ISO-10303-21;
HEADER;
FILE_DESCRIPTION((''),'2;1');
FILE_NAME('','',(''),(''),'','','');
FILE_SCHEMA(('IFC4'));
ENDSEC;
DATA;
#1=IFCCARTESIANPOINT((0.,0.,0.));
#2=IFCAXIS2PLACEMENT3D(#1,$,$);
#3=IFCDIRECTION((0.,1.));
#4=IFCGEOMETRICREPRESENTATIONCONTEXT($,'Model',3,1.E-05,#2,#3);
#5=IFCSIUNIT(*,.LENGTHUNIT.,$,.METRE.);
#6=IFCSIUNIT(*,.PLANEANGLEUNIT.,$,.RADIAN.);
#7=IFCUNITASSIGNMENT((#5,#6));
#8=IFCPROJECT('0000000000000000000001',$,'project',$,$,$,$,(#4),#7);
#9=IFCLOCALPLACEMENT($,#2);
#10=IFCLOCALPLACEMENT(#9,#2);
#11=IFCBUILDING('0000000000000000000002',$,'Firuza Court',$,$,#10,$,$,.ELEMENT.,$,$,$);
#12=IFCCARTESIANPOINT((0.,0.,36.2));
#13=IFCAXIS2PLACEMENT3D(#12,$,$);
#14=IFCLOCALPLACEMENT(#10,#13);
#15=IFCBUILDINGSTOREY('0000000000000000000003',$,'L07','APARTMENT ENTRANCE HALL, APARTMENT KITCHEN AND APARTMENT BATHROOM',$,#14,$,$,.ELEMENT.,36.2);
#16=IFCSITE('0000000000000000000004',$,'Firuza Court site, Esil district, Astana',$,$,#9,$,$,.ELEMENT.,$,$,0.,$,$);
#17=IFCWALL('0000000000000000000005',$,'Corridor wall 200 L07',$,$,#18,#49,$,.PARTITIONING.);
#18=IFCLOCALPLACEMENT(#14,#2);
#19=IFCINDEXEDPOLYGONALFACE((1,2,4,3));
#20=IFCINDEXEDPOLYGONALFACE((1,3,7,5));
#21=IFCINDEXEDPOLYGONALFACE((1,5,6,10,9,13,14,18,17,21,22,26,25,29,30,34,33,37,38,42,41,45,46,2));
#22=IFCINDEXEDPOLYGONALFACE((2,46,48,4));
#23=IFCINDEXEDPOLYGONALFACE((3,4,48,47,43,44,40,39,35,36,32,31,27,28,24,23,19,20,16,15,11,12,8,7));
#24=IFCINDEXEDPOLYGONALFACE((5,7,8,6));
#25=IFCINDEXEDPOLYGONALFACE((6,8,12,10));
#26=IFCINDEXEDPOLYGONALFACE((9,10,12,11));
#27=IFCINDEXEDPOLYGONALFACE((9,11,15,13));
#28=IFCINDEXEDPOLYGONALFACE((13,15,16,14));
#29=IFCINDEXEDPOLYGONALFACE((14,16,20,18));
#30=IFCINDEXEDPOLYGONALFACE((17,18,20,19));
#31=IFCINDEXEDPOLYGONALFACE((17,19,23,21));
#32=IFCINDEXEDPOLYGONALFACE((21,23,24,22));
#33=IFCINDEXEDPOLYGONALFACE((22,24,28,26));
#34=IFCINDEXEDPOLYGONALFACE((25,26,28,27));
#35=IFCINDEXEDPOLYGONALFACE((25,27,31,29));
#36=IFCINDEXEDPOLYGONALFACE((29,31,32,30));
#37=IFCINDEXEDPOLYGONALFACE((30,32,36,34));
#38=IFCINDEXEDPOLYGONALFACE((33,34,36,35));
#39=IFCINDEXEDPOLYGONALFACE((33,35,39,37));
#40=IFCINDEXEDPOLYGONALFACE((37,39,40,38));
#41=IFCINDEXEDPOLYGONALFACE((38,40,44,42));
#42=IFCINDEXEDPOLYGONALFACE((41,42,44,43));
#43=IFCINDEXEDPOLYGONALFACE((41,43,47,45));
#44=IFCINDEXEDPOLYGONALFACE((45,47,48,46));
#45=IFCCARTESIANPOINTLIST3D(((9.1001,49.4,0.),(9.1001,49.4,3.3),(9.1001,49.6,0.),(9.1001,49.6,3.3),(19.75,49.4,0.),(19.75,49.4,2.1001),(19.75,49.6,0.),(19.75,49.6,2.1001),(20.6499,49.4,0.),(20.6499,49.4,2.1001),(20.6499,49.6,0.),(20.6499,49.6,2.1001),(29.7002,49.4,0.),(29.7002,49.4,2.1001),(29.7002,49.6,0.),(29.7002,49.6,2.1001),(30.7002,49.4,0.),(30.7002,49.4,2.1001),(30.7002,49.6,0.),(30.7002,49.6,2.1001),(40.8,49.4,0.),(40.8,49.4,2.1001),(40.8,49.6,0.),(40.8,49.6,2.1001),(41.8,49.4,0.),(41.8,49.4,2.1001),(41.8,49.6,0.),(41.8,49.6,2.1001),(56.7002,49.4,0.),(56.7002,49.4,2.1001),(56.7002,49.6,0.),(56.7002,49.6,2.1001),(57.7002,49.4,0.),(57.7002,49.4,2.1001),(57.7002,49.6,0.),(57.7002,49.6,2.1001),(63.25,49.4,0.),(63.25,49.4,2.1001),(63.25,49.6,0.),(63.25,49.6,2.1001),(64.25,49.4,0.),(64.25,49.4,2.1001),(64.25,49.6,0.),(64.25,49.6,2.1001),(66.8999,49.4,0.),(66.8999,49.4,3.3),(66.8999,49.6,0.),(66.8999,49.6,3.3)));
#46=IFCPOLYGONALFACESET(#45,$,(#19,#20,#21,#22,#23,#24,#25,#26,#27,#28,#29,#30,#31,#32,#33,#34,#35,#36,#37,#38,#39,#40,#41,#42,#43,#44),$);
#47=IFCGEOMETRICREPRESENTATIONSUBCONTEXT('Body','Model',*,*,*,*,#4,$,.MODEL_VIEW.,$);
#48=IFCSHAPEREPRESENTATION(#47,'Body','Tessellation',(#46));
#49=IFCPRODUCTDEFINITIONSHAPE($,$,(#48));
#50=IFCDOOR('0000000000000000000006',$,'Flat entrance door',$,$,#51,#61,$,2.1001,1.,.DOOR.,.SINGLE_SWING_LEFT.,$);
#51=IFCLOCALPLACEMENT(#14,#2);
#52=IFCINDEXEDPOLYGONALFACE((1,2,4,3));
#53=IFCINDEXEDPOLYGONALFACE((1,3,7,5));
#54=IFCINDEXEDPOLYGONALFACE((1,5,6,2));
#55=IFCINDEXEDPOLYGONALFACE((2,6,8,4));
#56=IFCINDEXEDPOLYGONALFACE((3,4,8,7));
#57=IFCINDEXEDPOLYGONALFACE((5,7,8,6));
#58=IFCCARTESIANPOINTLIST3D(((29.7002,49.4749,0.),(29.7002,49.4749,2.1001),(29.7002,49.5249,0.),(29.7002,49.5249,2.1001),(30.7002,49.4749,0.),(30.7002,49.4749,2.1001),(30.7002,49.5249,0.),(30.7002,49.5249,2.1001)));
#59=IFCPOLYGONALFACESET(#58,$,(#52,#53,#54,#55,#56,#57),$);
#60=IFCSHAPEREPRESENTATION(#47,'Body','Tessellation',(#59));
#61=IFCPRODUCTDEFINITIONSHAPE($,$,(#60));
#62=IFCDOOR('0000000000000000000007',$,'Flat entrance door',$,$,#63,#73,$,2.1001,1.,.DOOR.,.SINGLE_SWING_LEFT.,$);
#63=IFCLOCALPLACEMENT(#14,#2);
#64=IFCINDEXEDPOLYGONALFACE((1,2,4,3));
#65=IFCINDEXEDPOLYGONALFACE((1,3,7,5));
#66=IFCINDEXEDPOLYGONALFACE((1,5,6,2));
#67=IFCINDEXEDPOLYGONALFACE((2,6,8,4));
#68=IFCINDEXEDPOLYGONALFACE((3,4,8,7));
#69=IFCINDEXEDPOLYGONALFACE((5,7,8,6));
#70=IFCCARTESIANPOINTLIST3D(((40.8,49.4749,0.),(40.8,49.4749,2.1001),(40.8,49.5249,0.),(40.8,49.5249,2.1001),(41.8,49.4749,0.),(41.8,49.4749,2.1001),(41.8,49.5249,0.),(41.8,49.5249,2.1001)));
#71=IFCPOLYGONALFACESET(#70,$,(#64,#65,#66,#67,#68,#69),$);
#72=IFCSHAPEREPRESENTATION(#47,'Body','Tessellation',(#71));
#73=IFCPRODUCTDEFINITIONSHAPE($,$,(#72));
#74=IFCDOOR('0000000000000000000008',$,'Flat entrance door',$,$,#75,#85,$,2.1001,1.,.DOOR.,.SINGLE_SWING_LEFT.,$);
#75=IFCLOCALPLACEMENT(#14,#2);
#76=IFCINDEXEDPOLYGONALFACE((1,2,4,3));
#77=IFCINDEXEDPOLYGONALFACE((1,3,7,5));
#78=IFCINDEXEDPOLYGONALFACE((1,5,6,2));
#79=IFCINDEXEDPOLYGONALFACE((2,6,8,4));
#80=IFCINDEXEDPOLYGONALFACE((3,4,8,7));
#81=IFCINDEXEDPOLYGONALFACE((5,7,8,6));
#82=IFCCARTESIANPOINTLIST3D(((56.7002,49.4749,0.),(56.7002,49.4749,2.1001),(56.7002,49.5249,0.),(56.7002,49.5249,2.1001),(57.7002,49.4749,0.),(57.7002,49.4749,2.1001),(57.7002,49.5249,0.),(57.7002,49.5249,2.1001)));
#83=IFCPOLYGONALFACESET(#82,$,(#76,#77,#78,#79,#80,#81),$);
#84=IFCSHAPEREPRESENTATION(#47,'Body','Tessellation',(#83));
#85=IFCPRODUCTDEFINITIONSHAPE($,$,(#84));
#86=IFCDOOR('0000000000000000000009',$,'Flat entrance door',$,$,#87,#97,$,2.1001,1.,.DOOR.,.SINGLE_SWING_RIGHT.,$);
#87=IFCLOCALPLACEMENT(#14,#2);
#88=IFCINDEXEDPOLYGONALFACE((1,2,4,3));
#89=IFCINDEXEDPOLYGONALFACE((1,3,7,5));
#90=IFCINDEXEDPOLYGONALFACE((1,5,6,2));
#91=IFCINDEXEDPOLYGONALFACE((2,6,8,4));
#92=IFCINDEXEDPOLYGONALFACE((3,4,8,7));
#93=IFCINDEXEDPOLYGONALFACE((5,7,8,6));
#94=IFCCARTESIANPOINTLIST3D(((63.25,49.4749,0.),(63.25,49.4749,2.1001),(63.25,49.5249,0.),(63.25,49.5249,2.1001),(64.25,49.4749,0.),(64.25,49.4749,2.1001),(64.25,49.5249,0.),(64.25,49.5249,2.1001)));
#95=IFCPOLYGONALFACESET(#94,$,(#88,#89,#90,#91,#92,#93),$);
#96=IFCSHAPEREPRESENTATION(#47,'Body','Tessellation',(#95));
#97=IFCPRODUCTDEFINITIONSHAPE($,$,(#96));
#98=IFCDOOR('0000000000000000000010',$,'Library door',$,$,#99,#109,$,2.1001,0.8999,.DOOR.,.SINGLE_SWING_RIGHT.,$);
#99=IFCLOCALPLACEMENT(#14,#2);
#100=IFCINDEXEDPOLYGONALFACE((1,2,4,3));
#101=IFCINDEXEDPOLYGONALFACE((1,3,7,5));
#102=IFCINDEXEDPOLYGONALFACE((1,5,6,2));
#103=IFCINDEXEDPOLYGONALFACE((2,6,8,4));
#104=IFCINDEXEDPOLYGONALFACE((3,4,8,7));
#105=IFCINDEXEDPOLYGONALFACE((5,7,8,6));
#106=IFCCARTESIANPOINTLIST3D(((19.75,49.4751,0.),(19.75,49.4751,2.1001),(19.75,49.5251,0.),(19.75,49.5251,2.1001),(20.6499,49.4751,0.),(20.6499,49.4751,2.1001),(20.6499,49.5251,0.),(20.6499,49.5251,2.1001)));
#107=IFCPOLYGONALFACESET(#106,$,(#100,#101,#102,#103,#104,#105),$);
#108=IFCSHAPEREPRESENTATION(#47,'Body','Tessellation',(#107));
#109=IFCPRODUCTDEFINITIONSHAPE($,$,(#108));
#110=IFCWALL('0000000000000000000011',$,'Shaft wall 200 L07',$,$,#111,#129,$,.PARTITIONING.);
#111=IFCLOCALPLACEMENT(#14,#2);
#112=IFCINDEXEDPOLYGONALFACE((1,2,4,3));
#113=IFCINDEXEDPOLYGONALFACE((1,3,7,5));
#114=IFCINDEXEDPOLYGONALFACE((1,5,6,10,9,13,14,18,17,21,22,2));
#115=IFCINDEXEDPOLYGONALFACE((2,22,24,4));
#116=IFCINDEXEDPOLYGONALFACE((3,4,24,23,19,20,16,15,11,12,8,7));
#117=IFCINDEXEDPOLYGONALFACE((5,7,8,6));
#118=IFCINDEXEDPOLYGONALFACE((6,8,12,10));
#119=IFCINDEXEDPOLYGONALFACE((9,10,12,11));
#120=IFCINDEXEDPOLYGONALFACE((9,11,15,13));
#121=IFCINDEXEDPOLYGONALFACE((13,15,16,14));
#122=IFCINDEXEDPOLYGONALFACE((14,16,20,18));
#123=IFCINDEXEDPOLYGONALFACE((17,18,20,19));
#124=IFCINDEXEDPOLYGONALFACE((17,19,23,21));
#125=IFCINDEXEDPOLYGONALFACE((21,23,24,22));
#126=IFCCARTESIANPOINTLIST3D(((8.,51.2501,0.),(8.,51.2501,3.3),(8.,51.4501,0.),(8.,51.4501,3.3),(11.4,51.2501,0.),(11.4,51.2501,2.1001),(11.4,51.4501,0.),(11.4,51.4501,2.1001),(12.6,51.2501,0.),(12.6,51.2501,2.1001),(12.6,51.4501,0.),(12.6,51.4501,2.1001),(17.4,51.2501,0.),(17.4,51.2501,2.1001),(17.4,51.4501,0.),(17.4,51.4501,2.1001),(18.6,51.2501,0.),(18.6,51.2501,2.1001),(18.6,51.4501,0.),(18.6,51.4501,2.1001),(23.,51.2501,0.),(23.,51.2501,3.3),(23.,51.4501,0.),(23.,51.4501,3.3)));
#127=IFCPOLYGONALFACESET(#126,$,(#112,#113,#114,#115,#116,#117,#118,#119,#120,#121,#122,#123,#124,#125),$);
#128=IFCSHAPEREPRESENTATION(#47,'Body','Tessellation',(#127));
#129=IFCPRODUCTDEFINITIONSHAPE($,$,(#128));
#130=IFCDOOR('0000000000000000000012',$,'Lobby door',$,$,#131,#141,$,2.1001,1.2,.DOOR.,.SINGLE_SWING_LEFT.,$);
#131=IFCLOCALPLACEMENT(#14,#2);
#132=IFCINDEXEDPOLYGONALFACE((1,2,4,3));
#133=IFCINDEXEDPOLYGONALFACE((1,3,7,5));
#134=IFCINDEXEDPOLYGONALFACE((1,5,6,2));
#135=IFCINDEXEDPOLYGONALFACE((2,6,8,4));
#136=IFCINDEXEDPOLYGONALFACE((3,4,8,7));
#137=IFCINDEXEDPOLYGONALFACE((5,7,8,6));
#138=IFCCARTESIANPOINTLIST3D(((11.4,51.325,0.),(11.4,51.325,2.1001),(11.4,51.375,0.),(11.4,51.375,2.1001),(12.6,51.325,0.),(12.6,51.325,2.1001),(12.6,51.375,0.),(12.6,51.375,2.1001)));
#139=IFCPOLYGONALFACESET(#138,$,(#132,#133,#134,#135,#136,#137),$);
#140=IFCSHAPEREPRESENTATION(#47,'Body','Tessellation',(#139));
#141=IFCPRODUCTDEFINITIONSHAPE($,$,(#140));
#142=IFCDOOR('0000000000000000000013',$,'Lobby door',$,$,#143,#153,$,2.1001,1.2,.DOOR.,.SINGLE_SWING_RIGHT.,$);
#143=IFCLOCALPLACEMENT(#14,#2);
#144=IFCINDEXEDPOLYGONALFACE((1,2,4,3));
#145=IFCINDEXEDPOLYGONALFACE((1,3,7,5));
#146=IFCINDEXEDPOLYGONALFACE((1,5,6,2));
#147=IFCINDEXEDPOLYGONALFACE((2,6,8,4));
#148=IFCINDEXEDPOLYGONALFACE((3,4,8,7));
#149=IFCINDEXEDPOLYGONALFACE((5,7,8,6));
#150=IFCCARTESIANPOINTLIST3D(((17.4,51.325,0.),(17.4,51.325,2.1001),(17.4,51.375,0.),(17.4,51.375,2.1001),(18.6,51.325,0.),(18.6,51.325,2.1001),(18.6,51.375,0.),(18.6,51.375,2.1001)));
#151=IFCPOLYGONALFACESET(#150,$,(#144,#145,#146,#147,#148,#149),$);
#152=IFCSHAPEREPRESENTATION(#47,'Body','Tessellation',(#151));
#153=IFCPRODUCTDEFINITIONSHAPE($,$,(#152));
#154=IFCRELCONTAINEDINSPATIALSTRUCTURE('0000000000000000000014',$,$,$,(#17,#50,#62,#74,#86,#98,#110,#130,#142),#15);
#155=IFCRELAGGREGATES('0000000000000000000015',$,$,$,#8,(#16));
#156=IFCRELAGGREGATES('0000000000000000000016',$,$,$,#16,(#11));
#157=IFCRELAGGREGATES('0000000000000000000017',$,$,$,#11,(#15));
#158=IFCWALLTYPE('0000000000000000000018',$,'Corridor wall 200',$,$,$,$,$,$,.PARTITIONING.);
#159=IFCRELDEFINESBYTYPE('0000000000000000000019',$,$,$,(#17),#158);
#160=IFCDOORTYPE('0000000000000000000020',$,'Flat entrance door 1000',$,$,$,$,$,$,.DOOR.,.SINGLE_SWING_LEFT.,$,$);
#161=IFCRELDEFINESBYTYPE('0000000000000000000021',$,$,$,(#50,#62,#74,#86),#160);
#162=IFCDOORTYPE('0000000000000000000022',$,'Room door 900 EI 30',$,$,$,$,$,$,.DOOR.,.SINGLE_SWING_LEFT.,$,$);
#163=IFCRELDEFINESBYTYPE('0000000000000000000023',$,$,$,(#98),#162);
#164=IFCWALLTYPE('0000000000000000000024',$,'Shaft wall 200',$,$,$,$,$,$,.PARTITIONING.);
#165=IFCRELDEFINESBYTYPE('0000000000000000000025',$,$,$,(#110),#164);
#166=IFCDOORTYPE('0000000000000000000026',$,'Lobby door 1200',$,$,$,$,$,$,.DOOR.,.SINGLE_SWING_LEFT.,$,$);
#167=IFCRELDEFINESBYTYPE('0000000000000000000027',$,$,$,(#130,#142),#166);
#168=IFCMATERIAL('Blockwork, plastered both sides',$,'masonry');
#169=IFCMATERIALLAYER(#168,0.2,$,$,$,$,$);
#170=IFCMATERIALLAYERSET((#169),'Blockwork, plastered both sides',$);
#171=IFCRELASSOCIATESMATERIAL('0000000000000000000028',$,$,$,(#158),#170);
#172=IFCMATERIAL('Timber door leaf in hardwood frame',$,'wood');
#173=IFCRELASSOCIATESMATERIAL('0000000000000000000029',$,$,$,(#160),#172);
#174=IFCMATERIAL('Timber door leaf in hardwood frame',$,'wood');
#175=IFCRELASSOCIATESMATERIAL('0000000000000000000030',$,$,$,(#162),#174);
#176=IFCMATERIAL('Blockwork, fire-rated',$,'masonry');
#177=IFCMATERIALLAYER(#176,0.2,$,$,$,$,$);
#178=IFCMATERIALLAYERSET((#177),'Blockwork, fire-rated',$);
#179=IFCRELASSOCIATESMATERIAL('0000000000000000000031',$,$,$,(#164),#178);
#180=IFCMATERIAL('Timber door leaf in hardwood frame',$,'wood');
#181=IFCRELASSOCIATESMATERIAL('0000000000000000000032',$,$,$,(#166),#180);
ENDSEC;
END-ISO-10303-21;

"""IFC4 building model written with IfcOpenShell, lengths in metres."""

from ifc_helpers import new_model, si_unit, direction, frame, frame_2d, origin, place, context, subcontext, project, spatial, rectangle, extrude, material, layer, layer_set, type_object, element, fill, save


model = new_model("IFC4")

# Units and contexts
model_context = context("Model", 3, precision=1e-05, world=origin(), true_north=direction((0.0, 1.0)))
body_context = subcontext(model_context, "Body", "Model", "MODEL_VIEW")
ifc_project = project(units=[si_unit("LENGTHUNIT", "METRE"), si_unit("PLANEANGLEUNIT", "RADIAN")], contexts=[model_context])

# Site, building, storey
site_placement = place(None, origin())
site = spatial("IfcSite", under=ifc_project, at=site_placement, Name="Firuza Court site, Esil district, Astana", CompositionType="ELEMENT", RefElevation=0.0)
building_placement = place(site_placement, origin())
building = spatial("IfcBuilding", under=site, at=building_placement, Name="Firuza Court", CompositionType="ELEMENT")
storey_placement = place(building_placement, frame((0.0, 0.0, 36.2)))
storey = spatial("IfcBuildingStorey", under=building, at=storey_placement, Name="L07", Description="APARTMENT ENTRANCE HALL, APARTMENT KITCHEN AND APARTMENT BATHROOM", CompositionType="ELEMENT", Elevation=36.2)

# Walls, openings, doors
ifc_material_1 = material(Name="Blockwork, plastered both sides", Category="masonry")
ifc_layer_1 = layer(ifc_material_1, 0.2)
ifc_layer_set_1 = layer_set([ifc_layer_1], Name="Blockwork, plastered both sides")
wall_type_1 = type_object("IfcWallType", Name="Corridor wall 200", PredefinedType="PARTITIONING", material=ifc_layer_set_1)
wall_1_placement = place(storey_placement, frame((9.1001, 49.5, 0.0), z_axis=(0.0, 0.0, 1.0), x_axis=(1.0, 0.0, 0.0)))
wall_1 = element("IfcWall", 1, at=wall_1_placement, inside=storey, type_object=wall_type_1, Name="Corridor wall 200 L07", PredefinedType="PARTITIONING", context=body_context, shape_type="SweptSolid", body=[
    extrude(rectangle(XDim=57.7998, YDim=0.2, at=frame_2d((28.8999, 0.0))), origin(), (0.0, 0.0, 1.0), 3.3),
])
opening_1_placement = place(wall_1_placement, frame((20.6001, 0.0, 0.0)))
opening_1 = element("IfcOpeningElement", 2, at=opening_1_placement, cuts=wall_1, PredefinedType="OPENING", context=body_context, shape_type="SweptSolid", body=[
    extrude(rectangle(XDim=1.0, YDim=2.1001, at=frame_2d((0.5, 1.05))), frame((0.0, 0.1118, 0.0), z_axis=(0.0, -1.0, 0.0), x_axis=(1.0, 0.0, 0.0)), (0.0, 0.0, 1.0), 0.2239),
])
opening_2_placement = place(wall_1_placement, frame((31.7, 0.0, 0.0)))
opening_2 = element("IfcOpeningElement", 3, at=opening_2_placement, cuts=wall_1, PredefinedType="OPENING", context=body_context, shape_type="SweptSolid", body=[
    extrude(rectangle(XDim=1.0, YDim=2.1001, at=frame_2d((0.5, 1.05))), frame((0.0, 0.1118, 0.0), z_axis=(0.0, -1.0, 0.0), x_axis=(1.0, 0.0, 0.0)), (0.0, 0.0, 1.0), 0.2239),
])
opening_3_placement = place(wall_1_placement, frame((47.6001, 0.0, 0.0)))
opening_3 = element("IfcOpeningElement", 4, at=opening_3_placement, cuts=wall_1, PredefinedType="OPENING", context=body_context, shape_type="SweptSolid", body=[
    extrude(rectangle(XDim=1.0, YDim=2.1001, at=frame_2d((0.5, 1.05))), frame((0.0, 0.1118, 0.0), z_axis=(0.0, -1.0, 0.0), x_axis=(1.0, 0.0, 0.0)), (0.0, 0.0, 1.0), 0.2239),
])
opening_4_placement = place(wall_1_placement, frame((54.1499, 0.0, 0.0)))
opening_4 = element("IfcOpeningElement", 5, at=opening_4_placement, cuts=wall_1, PredefinedType="OPENING", context=body_context, shape_type="SweptSolid", body=[
    extrude(rectangle(XDim=1.0, YDim=2.1001, at=frame_2d((0.5, 1.05))), frame((0.0, 0.1118, 0.0), z_axis=(0.0, -1.0, 0.0), x_axis=(1.0, 0.0, 0.0)), (0.0, 0.0, 1.0), 0.2239),
])
opening_5_placement = place(wall_1_placement, frame((10.6499, 0.0, 0.0)))
opening_5 = element("IfcOpeningElement", 6, at=opening_5_placement, cuts=wall_1, PredefinedType="OPENING", context=body_context, shape_type="SweptSolid", body=[
    extrude(rectangle(XDim=0.8999, YDim=2.1001, at=frame_2d((0.45, 1.05))), frame((0.0, 0.1118, 0.0), z_axis=(0.0, -1.0, 0.0), x_axis=(1.0, 0.0, 0.0)), (0.0, 0.0, 1.0), 0.2239),
])
ifc_material_2 = material(Name="Timber door leaf in hardwood frame", Category="wood")
door_type_1 = type_object("IfcDoorType", Name="Flat entrance door 1000", OperationType="SINGLE_SWING_LEFT", PredefinedType="DOOR", material=ifc_material_2)
door_1_placement = place(opening_1_placement, origin())
door_1 = element("IfcDoor", 7, at=door_1_placement, inside=storey, type_object=door_type_1, Name="Flat entrance door", OperationType="SINGLE_SWING_LEFT", OverallHeight=2.1001, OverallWidth=1.0, PredefinedType="DOOR", context=body_context, shape_type="SweptSolid", body=[
    extrude(rectangle(XDim=1.0, YDim=2.1001, at=frame_2d((0.5, 1.05))), frame((0.0, 0.0249, 0.0), z_axis=(0.0, -1.0, 0.0), x_axis=(1.0, 0.0, 0.0)), (0.0, 0.0, 1.0), 0.05),
])
fill(opening_1, door_1)
door_2_placement = place(opening_2_placement, origin())
door_2 = element("IfcDoor", 8, at=door_2_placement, inside=storey, type_object=door_type_1, Name="Flat entrance door", OperationType="SINGLE_SWING_LEFT", OverallHeight=2.1001, OverallWidth=1.0, PredefinedType="DOOR", context=body_context, shape_type="SweptSolid", body=[
    extrude(rectangle(XDim=1.0, YDim=2.1001, at=frame_2d((0.5, 1.05))), frame((0.0, 0.0249, 0.0), z_axis=(0.0, -1.0, 0.0), x_axis=(1.0, 0.0, 0.0)), (0.0, 0.0, 1.0), 0.05),
])
fill(opening_2, door_2)
door_3_placement = place(opening_3_placement, origin())
door_3 = element("IfcDoor", 9, at=door_3_placement, inside=storey, type_object=door_type_1, Name="Flat entrance door", OperationType="SINGLE_SWING_LEFT", OverallHeight=2.1001, OverallWidth=1.0, PredefinedType="DOOR", context=body_context, shape_type="SweptSolid", body=[
    extrude(rectangle(XDim=1.0, YDim=2.1001, at=frame_2d((0.5, 1.05))), frame((0.0, 0.0249, 0.0), z_axis=(0.0, -1.0, 0.0), x_axis=(1.0, 0.0, 0.0)), (0.0, 0.0, 1.0), 0.05),
])
fill(opening_3, door_3)
door_4_placement = place(opening_4_placement, origin())
door_4 = element("IfcDoor", 10, at=door_4_placement, inside=storey, type_object=door_type_1, Name="Flat entrance door", OperationType="SINGLE_SWING_RIGHT", OverallHeight=2.1001, OverallWidth=1.0, PredefinedType="DOOR", context=body_context, shape_type="SweptSolid", body=[
    extrude(rectangle(XDim=1.0, YDim=2.1001, at=frame_2d((0.5, 1.05))), frame((0.0, 0.0249, 0.0), z_axis=(0.0, -1.0, 0.0), x_axis=(1.0, 0.0, 0.0)), (0.0, 0.0, 1.0), 0.05),
])
fill(opening_4, door_4)
ifc_material_3 = material(Name="Timber door leaf in hardwood frame", Category="wood")
door_type_2 = type_object("IfcDoorType", Name="Room door 900 EI 30", OperationType="SINGLE_SWING_LEFT", PredefinedType="DOOR", material=ifc_material_3)
door_5_placement = place(opening_5_placement, frame((0.8999, 0.0, 0.0), z_axis=(0.0, 0.0, 1.0), x_axis=(-1.0, 0.0, 0.0)))
door_5 = element("IfcDoor", 11, at=door_5_placement, inside=storey, type_object=door_type_2, Name="Library door", OperationType="SINGLE_SWING_RIGHT", OverallHeight=2.1001, OverallWidth=0.8999, PredefinedType="DOOR", context=body_context, shape_type="SweptSolid", body=[
    extrude(rectangle(XDim=0.8999, YDim=2.1001, at=frame_2d((0.45, 1.05))), frame((0.0, 0.0249, 0.0), z_axis=(0.0, -1.0, 0.0), x_axis=(1.0, 0.0, 0.0)), (0.0, 0.0, 1.0), 0.05),
])
fill(opening_5, door_5)
ifc_material_4 = material(Name="Blockwork, fire-rated", Category="masonry")
ifc_layer_2 = layer(ifc_material_4, 0.2)
ifc_layer_set_2 = layer_set([ifc_layer_2], Name="Blockwork, fire-rated")
wall_type_2 = type_object("IfcWallType", Name="Shaft wall 200", PredefinedType="PARTITIONING", material=ifc_layer_set_2)
wall_2_placement = place(storey_placement, frame((8.0, 51.3501, 0.0), z_axis=(0.0, 0.0, 1.0), x_axis=(1.0, 0.0, 0.0)))
wall_2 = element("IfcWall", 12, at=wall_2_placement, inside=storey, type_object=wall_type_2, Name="Shaft wall 200 L07", PredefinedType="PARTITIONING", context=body_context, shape_type="SweptSolid", body=[
    extrude(rectangle(XDim=15.0, YDim=0.2, at=frame_2d((7.5, 0.0))), origin(), (0.0, 0.0, 1.0), 3.3),
])
opening_6_placement = place(wall_2_placement, frame((3.3999, 0.0, 0.0)))
opening_6 = element("IfcOpeningElement", 13, at=opening_6_placement, cuts=wall_2, PredefinedType="OPENING", context=body_context, shape_type="SweptSolid", body=[
    extrude(rectangle(XDim=1.2, YDim=2.1001, at=frame_2d((0.6001, 1.05))), frame((0.0, 0.1118, 0.0), z_axis=(0.0, -1.0, 0.0), x_axis=(1.0, 0.0, 0.0)), (0.0, 0.0, 1.0), 0.2239),
])
opening_7_placement = place(wall_2_placement, frame((9.3999, 0.0, 0.0)))
opening_7 = element("IfcOpeningElement", 14, at=opening_7_placement, cuts=wall_2, PredefinedType="OPENING", context=body_context, shape_type="SweptSolid", body=[
    extrude(rectangle(XDim=1.2, YDim=2.1001, at=frame_2d((0.6001, 1.05))), frame((0.0, 0.1118, 0.0), z_axis=(0.0, -1.0, 0.0), x_axis=(1.0, 0.0, 0.0)), (0.0, 0.0, 1.0), 0.2239),
])
ifc_material_5 = material(Name="Timber door leaf in hardwood frame", Category="wood")
door_type_3 = type_object("IfcDoorType", Name="Lobby door 1200", OperationType="SINGLE_SWING_LEFT", PredefinedType="DOOR", material=ifc_material_5)
door_6_placement = place(opening_6_placement, origin())
door_6 = element("IfcDoor", 15, at=door_6_placement, inside=storey, type_object=door_type_3, Name="Lobby door", OperationType="SINGLE_SWING_LEFT", OverallHeight=2.1001, OverallWidth=1.2, PredefinedType="DOOR", context=body_context, shape_type="SweptSolid", body=[
    extrude(rectangle(XDim=1.2, YDim=2.1001, at=frame_2d((0.6001, 1.05))), frame((0.0, 0.0249, 0.0), z_axis=(0.0, -1.0, 0.0), x_axis=(1.0, 0.0, 0.0)), (0.0, 0.0, 1.0), 0.05),
])
fill(opening_6, door_6)
door_7_placement = place(opening_7_placement, origin())
door_7 = element("IfcDoor", 16, at=door_7_placement, inside=storey, type_object=door_type_3, Name="Lobby door", OperationType="SINGLE_SWING_RIGHT", OverallHeight=2.1001, OverallWidth=1.2, PredefinedType="DOOR", context=body_context, shape_type="SweptSolid", body=[
    extrude(rectangle(XDim=1.2, YDim=2.1001, at=frame_2d((0.6001, 1.05))), frame((0.0, 0.0249, 0.0), z_axis=(0.0, -1.0, 0.0), x_axis=(1.0, 0.0, 0.0)), (0.0, 0.0, 1.0), 0.05),
])
fill(opening_7, door_7)

save(model, "model.ifc")
